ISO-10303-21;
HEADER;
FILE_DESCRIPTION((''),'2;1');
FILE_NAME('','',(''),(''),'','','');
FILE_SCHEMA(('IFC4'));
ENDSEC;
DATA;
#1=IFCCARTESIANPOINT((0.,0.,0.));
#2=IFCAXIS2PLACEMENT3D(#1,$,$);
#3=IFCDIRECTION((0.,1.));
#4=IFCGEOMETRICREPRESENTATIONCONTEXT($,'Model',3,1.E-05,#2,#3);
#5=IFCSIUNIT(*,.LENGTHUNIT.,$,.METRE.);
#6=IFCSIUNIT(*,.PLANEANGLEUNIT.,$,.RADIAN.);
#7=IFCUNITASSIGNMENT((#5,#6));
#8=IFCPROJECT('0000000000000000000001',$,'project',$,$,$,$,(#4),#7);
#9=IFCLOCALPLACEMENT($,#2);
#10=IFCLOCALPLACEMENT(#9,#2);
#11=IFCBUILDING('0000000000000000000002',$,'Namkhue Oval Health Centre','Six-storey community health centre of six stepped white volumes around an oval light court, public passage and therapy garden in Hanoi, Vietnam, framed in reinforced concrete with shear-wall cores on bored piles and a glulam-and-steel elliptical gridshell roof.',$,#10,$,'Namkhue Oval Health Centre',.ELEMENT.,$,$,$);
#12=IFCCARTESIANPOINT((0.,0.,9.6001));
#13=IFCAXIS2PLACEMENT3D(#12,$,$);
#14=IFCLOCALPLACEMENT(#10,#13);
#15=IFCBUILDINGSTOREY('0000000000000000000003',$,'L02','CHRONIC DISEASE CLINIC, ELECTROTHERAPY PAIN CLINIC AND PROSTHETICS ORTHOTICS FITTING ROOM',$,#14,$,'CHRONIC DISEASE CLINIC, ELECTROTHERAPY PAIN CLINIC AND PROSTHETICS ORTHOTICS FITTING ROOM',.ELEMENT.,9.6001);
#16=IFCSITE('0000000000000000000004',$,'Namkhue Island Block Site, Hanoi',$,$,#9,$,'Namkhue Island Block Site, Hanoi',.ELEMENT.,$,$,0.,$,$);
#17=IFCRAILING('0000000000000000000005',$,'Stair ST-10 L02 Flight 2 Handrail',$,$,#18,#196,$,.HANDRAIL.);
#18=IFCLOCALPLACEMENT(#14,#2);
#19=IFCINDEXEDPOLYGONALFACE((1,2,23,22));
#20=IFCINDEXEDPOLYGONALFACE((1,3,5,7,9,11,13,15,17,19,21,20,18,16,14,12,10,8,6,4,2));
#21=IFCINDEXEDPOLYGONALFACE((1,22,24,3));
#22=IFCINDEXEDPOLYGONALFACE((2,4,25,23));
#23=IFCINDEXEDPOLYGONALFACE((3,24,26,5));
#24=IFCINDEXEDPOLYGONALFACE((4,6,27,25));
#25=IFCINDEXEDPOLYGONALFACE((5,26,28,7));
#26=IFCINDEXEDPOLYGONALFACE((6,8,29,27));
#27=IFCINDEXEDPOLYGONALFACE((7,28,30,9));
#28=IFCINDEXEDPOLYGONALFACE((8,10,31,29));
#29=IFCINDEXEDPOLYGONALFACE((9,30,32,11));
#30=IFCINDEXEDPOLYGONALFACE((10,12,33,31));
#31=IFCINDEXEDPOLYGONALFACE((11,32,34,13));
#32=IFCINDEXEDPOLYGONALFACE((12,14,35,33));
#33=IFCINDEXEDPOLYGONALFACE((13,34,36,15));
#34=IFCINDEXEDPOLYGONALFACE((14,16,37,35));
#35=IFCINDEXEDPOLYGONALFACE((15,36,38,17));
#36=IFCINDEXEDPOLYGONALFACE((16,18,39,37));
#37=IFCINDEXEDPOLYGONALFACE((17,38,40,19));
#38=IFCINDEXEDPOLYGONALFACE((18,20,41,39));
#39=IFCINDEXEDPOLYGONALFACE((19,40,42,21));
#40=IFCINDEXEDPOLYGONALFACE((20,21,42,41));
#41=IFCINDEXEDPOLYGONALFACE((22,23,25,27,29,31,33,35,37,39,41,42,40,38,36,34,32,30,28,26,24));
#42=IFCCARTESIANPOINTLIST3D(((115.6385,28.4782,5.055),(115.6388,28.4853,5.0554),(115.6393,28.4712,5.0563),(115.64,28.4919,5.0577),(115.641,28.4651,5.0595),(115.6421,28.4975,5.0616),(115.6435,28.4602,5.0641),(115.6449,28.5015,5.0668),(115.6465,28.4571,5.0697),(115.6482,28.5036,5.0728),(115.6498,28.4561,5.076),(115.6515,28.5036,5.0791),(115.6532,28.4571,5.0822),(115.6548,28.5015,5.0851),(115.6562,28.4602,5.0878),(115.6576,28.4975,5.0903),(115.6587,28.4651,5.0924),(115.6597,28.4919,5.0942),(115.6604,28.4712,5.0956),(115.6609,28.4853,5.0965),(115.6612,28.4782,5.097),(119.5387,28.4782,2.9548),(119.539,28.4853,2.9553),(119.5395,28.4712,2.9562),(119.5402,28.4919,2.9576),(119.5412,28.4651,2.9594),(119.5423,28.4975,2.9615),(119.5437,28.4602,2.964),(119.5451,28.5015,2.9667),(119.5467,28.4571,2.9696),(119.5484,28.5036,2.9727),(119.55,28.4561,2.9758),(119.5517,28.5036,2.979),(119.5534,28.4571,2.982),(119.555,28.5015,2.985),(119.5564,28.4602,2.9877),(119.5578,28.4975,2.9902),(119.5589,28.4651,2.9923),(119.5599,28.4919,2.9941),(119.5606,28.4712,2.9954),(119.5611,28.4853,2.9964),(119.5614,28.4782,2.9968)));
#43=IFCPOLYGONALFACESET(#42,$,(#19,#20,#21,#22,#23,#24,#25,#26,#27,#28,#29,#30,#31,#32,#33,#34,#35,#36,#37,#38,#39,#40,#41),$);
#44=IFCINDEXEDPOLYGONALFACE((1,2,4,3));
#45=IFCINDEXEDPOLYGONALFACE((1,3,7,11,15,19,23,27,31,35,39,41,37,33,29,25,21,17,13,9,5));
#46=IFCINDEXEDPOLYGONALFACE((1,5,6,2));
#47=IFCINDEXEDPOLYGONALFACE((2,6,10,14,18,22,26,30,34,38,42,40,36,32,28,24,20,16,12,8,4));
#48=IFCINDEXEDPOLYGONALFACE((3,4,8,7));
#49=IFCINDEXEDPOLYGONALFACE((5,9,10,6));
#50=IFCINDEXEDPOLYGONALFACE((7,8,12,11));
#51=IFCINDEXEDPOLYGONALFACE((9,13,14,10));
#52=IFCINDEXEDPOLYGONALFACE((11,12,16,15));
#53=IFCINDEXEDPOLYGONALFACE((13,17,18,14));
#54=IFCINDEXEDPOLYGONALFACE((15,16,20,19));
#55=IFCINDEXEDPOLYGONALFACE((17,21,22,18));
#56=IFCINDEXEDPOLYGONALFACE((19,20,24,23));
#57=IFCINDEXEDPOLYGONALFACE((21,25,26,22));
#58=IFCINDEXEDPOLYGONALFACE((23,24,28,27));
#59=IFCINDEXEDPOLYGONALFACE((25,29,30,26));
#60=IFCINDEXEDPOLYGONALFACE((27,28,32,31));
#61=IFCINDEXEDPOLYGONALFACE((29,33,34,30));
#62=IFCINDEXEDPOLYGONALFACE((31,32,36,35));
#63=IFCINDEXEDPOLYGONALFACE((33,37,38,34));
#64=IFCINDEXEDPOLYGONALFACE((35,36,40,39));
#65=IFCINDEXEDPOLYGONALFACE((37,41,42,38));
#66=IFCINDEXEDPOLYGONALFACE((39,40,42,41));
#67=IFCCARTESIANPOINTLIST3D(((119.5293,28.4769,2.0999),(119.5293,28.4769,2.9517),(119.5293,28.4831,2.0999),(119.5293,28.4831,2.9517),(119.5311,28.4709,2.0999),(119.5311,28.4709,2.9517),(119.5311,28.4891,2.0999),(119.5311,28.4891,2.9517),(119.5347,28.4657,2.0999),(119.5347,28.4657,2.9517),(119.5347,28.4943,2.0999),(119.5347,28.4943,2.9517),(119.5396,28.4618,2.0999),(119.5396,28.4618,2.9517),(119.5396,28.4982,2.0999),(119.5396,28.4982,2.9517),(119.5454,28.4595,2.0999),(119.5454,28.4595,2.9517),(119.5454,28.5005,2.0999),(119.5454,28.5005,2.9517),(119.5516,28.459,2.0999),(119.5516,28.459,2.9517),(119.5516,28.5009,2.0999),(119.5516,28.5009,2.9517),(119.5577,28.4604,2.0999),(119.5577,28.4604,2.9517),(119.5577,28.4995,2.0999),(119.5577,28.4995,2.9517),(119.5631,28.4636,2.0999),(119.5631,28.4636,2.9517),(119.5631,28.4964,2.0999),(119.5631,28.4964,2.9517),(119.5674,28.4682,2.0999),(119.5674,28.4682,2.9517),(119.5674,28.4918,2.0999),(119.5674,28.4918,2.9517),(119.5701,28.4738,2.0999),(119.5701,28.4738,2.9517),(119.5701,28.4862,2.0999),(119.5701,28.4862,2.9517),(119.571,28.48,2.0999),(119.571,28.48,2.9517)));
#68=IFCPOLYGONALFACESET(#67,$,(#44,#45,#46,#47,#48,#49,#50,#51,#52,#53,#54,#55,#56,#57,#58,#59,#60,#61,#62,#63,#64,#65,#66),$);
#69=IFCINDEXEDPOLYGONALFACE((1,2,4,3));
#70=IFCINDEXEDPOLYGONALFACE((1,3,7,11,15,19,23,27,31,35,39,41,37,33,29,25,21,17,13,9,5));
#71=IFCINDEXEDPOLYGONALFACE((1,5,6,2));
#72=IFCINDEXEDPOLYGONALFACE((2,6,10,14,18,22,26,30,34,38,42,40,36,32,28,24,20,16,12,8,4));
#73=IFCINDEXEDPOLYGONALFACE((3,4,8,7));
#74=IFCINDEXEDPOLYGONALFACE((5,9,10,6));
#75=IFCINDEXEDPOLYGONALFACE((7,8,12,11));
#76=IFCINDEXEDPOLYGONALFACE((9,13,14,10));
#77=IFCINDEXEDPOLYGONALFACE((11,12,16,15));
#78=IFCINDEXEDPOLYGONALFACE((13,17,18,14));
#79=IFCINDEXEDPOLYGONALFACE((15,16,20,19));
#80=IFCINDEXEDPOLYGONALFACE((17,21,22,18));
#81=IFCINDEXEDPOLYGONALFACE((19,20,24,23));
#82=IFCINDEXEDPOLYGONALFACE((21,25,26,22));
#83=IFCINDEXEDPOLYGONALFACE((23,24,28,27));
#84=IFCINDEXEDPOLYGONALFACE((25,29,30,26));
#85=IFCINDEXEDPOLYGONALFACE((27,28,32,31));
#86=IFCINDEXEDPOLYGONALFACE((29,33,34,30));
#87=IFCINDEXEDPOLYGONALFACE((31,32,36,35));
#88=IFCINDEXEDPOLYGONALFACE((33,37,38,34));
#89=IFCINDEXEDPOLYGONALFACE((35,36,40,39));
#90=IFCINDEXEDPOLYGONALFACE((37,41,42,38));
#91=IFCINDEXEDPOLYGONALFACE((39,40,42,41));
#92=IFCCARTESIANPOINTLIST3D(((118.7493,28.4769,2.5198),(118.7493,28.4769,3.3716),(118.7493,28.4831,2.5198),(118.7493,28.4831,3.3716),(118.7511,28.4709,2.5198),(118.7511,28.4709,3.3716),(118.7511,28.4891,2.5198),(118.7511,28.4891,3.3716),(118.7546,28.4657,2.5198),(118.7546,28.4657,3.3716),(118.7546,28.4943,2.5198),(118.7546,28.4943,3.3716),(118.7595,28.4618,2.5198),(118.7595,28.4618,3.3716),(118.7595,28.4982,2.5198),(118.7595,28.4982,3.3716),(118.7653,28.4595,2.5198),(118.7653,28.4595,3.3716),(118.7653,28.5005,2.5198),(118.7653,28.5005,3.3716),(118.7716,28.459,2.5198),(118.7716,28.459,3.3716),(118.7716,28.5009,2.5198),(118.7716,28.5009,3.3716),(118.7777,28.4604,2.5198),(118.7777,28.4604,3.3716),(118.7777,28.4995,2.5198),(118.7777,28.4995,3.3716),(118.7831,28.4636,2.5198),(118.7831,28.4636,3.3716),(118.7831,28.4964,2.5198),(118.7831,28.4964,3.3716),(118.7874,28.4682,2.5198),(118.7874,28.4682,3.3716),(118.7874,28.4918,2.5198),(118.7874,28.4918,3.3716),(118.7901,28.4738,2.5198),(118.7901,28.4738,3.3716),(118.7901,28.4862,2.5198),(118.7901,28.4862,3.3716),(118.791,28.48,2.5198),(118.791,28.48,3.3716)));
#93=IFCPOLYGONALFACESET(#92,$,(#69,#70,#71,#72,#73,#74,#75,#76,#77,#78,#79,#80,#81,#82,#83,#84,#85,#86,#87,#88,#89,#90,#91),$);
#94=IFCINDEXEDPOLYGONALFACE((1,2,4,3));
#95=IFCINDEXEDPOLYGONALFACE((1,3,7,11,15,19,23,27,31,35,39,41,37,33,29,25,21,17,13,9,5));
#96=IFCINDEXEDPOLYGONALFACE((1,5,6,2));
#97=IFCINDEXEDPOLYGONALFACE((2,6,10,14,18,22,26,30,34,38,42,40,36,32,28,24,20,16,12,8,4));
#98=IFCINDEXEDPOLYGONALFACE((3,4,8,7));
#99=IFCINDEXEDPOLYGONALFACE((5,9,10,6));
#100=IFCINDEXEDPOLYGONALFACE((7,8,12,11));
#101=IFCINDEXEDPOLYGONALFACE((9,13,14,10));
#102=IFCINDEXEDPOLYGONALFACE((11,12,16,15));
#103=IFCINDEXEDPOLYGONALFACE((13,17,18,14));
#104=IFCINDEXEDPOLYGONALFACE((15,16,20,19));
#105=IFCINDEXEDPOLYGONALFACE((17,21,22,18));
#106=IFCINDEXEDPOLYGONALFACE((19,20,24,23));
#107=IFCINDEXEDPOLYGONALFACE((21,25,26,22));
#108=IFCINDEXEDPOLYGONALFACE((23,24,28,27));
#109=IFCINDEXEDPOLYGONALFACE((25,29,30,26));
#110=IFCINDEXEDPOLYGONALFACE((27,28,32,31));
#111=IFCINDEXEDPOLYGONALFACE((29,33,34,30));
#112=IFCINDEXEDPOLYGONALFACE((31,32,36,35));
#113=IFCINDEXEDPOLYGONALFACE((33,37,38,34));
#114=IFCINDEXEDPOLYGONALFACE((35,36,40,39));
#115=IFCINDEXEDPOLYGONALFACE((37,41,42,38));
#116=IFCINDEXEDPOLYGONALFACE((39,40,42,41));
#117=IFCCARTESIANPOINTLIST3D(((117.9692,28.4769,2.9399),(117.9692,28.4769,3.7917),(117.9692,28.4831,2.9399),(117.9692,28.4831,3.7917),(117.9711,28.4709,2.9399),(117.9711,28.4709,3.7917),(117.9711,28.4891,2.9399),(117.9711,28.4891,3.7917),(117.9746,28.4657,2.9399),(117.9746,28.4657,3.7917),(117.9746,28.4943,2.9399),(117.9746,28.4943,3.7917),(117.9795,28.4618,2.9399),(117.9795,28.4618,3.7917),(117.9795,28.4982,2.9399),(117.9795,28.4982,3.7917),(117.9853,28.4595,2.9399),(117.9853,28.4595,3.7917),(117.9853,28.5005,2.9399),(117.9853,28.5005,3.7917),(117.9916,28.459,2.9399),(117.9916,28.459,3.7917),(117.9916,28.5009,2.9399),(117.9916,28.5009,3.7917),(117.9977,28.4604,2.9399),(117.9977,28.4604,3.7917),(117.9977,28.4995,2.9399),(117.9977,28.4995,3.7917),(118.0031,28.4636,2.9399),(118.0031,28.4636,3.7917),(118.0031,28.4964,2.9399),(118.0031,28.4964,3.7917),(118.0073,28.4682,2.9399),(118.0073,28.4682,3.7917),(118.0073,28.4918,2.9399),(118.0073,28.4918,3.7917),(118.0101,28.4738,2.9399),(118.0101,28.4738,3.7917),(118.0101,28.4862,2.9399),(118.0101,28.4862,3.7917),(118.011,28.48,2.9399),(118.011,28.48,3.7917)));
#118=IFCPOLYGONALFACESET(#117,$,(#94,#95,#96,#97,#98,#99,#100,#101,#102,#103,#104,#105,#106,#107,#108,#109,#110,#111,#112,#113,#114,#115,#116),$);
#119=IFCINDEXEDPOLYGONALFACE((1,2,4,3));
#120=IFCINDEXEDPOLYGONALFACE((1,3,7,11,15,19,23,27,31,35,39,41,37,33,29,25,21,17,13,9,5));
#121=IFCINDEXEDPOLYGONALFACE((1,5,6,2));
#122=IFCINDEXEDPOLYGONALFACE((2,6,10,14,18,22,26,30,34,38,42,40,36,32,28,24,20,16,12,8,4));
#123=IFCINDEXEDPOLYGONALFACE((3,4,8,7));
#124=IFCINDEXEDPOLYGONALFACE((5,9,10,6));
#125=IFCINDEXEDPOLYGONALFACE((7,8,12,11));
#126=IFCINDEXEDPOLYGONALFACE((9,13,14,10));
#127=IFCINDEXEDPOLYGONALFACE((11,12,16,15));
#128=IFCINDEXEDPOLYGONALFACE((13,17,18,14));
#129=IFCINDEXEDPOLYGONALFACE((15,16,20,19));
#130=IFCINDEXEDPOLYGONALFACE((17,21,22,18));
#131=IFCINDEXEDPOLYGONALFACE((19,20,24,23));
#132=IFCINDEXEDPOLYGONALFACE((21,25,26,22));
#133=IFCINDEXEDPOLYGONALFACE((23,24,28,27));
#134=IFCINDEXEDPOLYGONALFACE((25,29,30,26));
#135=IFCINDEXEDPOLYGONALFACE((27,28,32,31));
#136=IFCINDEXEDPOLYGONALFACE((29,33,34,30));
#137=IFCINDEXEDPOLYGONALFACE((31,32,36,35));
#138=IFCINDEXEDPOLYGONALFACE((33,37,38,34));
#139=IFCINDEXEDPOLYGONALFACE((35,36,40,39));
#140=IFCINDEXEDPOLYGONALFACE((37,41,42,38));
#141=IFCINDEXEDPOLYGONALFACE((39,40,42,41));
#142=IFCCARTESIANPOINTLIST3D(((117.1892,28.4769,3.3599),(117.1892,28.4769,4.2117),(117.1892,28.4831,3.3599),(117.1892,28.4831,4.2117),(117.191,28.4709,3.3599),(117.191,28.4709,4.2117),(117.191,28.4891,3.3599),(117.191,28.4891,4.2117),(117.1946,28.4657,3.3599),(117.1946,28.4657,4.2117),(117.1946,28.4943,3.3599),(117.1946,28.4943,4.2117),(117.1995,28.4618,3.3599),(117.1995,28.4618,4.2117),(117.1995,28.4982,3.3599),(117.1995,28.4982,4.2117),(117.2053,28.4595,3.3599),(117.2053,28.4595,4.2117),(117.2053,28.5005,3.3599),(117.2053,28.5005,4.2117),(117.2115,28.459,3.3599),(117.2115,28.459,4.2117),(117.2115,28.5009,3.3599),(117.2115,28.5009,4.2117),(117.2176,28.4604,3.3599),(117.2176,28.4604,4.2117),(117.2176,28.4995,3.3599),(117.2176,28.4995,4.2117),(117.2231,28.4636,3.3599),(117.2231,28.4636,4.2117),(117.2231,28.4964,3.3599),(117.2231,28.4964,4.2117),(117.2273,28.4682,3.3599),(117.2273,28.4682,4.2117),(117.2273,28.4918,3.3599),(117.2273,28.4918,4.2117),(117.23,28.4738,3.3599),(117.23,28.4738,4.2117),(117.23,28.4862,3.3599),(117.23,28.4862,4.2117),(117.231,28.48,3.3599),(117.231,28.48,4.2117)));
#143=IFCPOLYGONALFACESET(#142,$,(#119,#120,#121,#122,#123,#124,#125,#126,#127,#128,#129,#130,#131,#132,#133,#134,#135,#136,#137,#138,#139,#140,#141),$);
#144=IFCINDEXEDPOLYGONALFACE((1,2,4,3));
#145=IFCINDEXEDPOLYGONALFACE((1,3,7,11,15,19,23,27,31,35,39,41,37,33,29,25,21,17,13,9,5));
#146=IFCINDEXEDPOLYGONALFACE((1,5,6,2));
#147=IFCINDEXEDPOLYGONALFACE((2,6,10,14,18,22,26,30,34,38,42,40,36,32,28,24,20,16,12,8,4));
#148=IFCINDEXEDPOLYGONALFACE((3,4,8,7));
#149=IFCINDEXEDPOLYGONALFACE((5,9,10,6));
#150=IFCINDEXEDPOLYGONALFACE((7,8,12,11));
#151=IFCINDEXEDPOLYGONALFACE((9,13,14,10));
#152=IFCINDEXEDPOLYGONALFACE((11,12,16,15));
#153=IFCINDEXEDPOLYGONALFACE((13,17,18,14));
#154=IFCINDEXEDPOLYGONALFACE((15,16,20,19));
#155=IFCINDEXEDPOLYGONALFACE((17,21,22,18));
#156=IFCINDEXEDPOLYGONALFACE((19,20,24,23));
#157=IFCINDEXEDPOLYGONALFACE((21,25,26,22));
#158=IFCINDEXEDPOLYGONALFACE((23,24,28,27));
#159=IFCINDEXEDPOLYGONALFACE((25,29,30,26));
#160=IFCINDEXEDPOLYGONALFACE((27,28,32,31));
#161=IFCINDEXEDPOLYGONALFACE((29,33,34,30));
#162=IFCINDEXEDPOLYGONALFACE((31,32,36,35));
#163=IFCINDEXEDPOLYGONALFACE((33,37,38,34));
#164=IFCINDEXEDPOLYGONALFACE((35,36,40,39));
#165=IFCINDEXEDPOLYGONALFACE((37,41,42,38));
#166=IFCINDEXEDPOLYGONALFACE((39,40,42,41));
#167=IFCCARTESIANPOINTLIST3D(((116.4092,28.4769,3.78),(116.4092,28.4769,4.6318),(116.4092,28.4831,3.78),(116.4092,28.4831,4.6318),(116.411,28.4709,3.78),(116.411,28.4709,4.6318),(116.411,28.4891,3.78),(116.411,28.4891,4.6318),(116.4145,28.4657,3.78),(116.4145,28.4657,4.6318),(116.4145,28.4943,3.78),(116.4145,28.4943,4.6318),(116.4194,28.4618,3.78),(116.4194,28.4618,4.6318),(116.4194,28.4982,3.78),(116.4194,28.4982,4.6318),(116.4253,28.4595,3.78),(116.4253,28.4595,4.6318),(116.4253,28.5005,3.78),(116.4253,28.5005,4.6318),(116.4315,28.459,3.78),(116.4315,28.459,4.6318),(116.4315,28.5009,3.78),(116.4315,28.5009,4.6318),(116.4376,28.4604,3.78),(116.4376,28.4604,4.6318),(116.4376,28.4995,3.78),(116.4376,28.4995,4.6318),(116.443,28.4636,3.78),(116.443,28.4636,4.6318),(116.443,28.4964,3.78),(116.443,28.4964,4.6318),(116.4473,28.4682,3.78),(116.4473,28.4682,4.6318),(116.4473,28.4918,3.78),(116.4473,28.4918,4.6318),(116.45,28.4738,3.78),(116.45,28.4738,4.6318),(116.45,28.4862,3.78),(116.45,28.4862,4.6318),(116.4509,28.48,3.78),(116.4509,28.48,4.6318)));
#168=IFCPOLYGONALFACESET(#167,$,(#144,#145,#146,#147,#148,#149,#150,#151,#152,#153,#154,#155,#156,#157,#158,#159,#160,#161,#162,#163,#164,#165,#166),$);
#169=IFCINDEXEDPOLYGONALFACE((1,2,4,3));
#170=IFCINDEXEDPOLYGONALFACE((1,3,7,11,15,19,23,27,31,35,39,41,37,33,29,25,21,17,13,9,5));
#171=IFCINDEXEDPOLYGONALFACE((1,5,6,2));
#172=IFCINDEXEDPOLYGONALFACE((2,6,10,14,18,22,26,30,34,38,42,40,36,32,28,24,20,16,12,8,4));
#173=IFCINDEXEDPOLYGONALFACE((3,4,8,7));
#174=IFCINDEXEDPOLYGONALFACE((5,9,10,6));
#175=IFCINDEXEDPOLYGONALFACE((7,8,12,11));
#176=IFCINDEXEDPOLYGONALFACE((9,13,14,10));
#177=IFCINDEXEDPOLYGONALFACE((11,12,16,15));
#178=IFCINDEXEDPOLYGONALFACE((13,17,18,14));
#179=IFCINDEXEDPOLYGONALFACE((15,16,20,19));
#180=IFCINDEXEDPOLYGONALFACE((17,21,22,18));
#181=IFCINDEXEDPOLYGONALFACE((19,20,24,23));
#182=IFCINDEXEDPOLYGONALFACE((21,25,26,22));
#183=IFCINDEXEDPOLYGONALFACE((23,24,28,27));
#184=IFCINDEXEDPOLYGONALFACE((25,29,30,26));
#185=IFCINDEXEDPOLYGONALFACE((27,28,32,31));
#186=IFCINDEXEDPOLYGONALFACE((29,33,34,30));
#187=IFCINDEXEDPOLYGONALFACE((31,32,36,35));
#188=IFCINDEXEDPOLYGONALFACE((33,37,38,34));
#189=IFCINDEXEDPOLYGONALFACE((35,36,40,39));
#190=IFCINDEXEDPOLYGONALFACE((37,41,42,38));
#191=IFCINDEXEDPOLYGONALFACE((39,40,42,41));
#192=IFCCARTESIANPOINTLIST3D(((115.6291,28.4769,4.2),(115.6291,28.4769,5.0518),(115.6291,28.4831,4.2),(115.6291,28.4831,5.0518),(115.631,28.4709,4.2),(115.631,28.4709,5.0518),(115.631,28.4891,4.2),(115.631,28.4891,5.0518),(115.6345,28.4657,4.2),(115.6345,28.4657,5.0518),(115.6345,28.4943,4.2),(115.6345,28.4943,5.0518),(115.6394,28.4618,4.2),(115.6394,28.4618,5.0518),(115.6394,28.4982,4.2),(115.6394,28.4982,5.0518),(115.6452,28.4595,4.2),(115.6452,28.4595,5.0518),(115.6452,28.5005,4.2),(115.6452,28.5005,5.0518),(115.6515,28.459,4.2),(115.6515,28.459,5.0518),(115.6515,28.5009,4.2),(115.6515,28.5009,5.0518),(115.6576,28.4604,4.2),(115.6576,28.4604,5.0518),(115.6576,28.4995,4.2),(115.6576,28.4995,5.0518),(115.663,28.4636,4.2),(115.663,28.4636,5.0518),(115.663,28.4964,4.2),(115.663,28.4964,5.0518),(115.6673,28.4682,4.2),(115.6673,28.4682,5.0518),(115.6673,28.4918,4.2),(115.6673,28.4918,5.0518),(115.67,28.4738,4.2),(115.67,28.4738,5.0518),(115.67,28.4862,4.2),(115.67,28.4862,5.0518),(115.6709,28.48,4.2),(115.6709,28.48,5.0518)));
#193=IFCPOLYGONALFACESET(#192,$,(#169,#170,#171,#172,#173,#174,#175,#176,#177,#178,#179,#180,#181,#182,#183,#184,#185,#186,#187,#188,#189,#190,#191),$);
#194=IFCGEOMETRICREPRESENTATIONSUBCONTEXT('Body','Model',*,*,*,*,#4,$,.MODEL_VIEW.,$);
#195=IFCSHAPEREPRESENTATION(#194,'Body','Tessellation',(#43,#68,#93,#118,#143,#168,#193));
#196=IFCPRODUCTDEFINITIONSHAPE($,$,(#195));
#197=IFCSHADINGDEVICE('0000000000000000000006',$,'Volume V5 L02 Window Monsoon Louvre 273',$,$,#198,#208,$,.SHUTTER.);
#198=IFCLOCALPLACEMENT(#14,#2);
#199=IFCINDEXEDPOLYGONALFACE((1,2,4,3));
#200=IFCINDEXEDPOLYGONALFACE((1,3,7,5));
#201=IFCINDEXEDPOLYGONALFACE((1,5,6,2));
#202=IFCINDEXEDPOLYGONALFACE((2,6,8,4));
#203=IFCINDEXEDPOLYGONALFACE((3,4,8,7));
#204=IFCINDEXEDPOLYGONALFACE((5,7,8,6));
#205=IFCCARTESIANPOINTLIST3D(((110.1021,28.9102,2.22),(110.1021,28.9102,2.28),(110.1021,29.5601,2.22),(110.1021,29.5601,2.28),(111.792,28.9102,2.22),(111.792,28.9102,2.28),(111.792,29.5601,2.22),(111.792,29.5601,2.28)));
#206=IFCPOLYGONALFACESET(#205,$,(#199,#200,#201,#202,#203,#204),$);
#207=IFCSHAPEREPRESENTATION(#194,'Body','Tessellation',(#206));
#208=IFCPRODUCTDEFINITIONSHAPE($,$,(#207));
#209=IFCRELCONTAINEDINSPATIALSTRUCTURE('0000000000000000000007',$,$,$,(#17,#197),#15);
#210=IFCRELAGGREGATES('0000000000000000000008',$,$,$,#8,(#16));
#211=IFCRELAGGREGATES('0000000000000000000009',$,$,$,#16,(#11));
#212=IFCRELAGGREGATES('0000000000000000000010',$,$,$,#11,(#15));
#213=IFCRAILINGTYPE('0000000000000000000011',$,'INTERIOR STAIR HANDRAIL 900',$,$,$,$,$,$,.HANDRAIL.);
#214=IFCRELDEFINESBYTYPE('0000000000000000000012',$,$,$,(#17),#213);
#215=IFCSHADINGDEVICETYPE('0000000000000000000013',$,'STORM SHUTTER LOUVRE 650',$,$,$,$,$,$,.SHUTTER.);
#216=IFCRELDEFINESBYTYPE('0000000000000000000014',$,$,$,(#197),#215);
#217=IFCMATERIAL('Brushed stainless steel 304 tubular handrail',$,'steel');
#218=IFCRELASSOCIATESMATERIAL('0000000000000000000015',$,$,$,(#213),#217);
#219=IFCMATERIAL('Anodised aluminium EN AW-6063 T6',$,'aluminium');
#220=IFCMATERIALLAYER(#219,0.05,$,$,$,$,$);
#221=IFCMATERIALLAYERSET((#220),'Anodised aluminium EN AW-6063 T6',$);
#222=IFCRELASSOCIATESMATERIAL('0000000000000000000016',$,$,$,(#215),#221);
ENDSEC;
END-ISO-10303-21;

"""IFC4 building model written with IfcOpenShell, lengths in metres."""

from ifc_helpers import new_model, si_unit, direction, frame, origin, origin_2d, place, context, subcontext, project, spatial, rectangle, circle, extrude, material, layer, layer_set, type_object, element, save


model = new_model("IFC4")

# Units and contexts
model_context = context("Model", 3, precision=1e-05, world=origin(), true_north=direction((0.0, 1.0)))
body_context = subcontext(model_context, "Body", "Model", "MODEL_VIEW")
ifc_project = project(units=[si_unit("LENGTHUNIT", "METRE"), si_unit("PLANEANGLEUNIT", "RADIAN")], contexts=[model_context])

# Site, building, storey
site_placement = place(None, origin())
site = spatial("IfcSite", under=ifc_project, at=site_placement, Name="Namkhue Island Block Site, Hanoi", LongName="Namkhue Island Block Site, Hanoi", CompositionType="ELEMENT", RefElevation=0.0)
building_placement = place(site_placement, origin())
building = spatial("IfcBuilding", under=site, at=building_placement, Name="Namkhue Oval Health Centre", Description="Six-storey community health centre of six stepped white volumes around an oval light court, public passage and therapy garden in Hanoi, Vietnam, framed in reinforced concrete with shear-wall cores on bored piles and a glulam-and-steel elliptical gridshell roof.", LongName="Namkhue Oval Health Centre", CompositionType="ELEMENT")
storey_placement = place(building_placement, frame((0.0, 0.0, 9.6001)))
storey = spatial("IfcBuildingStorey", under=building, at=storey_placement, Name="L02", Description="CHRONIC DISEASE CLINIC, ELECTROTHERAPY PAIN CLINIC AND PROSTHETICS ORTHOTICS FITTING ROOM", LongName="CHRONIC DISEASE CLINIC, ELECTROTHERAPY PAIN CLINIC AND PROSTHETICS ORTHOTICS FITTING ROOM", CompositionType="ELEMENT", Elevation=9.6001)

# Railing
ifc_material_1 = material(Name="Brushed stainless steel 304 tubular handrail", Category="steel")
railing_type_1 = type_object("IfcRailingType", Name="INTERIOR STAIR HANDRAIL 900", PredefinedType="HANDRAIL", material=ifc_material_1)
railing_1_placement = place(storey_placement, frame((119.55, 28.48, 2.0999)))
element("IfcRailing", 1, at=railing_1_placement, inside=storey, type_object=railing_type_1, Name="Stair ST-10 L02 Flight 2 Handrail", PredefinedType="HANDRAIL", context=body_context, shape_type="SweptSolid", body=[
    extrude(circle(Radius=0.0239, at=origin_2d()), frame((0.0, 0.0, 0.876), z_axis=(-0.880469, 0.0, 0.474103), x_axis=(0.0, -1.0, 0.0)), (0.0, 0.0, 1.0), 4.4297),
    extrude(circle(Radius=0.021, at=origin_2d()), origin(), (0.0, 0.0, 1.0), 0.8518),
    extrude(circle(Radius=0.021, at=origin_2d()), frame((-0.78, 0.0, 0.4199)), (0.0, 0.0, 1.0), 0.8518),
    extrude(circle(Radius=0.021, at=origin_2d()), frame((-1.5601, 0.0, 0.8401)), (0.0, 0.0, 1.0), 0.8518),
    extrude(circle(Radius=0.021, at=origin_2d()), frame((-2.3401, 0.0, 1.26)), (0.0, 0.0, 1.0), 0.8518),
    extrude(circle(Radius=0.021, at=origin_2d()), frame((-3.1201, 0.0, 1.6802)), (0.0, 0.0, 1.0), 0.8518),
    extrude(circle(Radius=0.021, at=origin_2d()), frame((-3.9001, 0.0, 2.1001)), (0.0, 0.0, 1.0), 0.8518),
])

# Shading device
ifc_material_2 = material(Name="Anodised aluminium EN AW-6063 T6", Category="aluminium")
ifc_layer_1 = layer(ifc_material_2, 0.05)
ifc_layer_set_1 = layer_set([ifc_layer_1], Name="Anodised aluminium EN AW-6063 T6")
shading_device_type = type_object("IfcShadingDeviceType", Name="STORM SHUTTER LOUVRE 650", PredefinedType="SHUTTER", material=ifc_layer_set_1)
shading_device_placement = place(storey_placement, frame((110.947, 29.2351, 2.22), z_axis=(0.0, 0.0, 1.0), x_axis=(-1.0, 0.0, 0.0)))
element("IfcShadingDevice", 2, at=shading_device_placement, inside=storey, type_object=shading_device_type, Name="Volume V5 L02 Window Monsoon Louvre 273", PredefinedType="SHUTTER", context=body_context, shape_type="SweptSolid", body=[
    extrude(rectangle(XDim=1.6899, YDim=0.6499, at=origin_2d()), origin(), (0.0, 0.0, 1.0), 0.0601),
])

save(model, "model.ifc")
